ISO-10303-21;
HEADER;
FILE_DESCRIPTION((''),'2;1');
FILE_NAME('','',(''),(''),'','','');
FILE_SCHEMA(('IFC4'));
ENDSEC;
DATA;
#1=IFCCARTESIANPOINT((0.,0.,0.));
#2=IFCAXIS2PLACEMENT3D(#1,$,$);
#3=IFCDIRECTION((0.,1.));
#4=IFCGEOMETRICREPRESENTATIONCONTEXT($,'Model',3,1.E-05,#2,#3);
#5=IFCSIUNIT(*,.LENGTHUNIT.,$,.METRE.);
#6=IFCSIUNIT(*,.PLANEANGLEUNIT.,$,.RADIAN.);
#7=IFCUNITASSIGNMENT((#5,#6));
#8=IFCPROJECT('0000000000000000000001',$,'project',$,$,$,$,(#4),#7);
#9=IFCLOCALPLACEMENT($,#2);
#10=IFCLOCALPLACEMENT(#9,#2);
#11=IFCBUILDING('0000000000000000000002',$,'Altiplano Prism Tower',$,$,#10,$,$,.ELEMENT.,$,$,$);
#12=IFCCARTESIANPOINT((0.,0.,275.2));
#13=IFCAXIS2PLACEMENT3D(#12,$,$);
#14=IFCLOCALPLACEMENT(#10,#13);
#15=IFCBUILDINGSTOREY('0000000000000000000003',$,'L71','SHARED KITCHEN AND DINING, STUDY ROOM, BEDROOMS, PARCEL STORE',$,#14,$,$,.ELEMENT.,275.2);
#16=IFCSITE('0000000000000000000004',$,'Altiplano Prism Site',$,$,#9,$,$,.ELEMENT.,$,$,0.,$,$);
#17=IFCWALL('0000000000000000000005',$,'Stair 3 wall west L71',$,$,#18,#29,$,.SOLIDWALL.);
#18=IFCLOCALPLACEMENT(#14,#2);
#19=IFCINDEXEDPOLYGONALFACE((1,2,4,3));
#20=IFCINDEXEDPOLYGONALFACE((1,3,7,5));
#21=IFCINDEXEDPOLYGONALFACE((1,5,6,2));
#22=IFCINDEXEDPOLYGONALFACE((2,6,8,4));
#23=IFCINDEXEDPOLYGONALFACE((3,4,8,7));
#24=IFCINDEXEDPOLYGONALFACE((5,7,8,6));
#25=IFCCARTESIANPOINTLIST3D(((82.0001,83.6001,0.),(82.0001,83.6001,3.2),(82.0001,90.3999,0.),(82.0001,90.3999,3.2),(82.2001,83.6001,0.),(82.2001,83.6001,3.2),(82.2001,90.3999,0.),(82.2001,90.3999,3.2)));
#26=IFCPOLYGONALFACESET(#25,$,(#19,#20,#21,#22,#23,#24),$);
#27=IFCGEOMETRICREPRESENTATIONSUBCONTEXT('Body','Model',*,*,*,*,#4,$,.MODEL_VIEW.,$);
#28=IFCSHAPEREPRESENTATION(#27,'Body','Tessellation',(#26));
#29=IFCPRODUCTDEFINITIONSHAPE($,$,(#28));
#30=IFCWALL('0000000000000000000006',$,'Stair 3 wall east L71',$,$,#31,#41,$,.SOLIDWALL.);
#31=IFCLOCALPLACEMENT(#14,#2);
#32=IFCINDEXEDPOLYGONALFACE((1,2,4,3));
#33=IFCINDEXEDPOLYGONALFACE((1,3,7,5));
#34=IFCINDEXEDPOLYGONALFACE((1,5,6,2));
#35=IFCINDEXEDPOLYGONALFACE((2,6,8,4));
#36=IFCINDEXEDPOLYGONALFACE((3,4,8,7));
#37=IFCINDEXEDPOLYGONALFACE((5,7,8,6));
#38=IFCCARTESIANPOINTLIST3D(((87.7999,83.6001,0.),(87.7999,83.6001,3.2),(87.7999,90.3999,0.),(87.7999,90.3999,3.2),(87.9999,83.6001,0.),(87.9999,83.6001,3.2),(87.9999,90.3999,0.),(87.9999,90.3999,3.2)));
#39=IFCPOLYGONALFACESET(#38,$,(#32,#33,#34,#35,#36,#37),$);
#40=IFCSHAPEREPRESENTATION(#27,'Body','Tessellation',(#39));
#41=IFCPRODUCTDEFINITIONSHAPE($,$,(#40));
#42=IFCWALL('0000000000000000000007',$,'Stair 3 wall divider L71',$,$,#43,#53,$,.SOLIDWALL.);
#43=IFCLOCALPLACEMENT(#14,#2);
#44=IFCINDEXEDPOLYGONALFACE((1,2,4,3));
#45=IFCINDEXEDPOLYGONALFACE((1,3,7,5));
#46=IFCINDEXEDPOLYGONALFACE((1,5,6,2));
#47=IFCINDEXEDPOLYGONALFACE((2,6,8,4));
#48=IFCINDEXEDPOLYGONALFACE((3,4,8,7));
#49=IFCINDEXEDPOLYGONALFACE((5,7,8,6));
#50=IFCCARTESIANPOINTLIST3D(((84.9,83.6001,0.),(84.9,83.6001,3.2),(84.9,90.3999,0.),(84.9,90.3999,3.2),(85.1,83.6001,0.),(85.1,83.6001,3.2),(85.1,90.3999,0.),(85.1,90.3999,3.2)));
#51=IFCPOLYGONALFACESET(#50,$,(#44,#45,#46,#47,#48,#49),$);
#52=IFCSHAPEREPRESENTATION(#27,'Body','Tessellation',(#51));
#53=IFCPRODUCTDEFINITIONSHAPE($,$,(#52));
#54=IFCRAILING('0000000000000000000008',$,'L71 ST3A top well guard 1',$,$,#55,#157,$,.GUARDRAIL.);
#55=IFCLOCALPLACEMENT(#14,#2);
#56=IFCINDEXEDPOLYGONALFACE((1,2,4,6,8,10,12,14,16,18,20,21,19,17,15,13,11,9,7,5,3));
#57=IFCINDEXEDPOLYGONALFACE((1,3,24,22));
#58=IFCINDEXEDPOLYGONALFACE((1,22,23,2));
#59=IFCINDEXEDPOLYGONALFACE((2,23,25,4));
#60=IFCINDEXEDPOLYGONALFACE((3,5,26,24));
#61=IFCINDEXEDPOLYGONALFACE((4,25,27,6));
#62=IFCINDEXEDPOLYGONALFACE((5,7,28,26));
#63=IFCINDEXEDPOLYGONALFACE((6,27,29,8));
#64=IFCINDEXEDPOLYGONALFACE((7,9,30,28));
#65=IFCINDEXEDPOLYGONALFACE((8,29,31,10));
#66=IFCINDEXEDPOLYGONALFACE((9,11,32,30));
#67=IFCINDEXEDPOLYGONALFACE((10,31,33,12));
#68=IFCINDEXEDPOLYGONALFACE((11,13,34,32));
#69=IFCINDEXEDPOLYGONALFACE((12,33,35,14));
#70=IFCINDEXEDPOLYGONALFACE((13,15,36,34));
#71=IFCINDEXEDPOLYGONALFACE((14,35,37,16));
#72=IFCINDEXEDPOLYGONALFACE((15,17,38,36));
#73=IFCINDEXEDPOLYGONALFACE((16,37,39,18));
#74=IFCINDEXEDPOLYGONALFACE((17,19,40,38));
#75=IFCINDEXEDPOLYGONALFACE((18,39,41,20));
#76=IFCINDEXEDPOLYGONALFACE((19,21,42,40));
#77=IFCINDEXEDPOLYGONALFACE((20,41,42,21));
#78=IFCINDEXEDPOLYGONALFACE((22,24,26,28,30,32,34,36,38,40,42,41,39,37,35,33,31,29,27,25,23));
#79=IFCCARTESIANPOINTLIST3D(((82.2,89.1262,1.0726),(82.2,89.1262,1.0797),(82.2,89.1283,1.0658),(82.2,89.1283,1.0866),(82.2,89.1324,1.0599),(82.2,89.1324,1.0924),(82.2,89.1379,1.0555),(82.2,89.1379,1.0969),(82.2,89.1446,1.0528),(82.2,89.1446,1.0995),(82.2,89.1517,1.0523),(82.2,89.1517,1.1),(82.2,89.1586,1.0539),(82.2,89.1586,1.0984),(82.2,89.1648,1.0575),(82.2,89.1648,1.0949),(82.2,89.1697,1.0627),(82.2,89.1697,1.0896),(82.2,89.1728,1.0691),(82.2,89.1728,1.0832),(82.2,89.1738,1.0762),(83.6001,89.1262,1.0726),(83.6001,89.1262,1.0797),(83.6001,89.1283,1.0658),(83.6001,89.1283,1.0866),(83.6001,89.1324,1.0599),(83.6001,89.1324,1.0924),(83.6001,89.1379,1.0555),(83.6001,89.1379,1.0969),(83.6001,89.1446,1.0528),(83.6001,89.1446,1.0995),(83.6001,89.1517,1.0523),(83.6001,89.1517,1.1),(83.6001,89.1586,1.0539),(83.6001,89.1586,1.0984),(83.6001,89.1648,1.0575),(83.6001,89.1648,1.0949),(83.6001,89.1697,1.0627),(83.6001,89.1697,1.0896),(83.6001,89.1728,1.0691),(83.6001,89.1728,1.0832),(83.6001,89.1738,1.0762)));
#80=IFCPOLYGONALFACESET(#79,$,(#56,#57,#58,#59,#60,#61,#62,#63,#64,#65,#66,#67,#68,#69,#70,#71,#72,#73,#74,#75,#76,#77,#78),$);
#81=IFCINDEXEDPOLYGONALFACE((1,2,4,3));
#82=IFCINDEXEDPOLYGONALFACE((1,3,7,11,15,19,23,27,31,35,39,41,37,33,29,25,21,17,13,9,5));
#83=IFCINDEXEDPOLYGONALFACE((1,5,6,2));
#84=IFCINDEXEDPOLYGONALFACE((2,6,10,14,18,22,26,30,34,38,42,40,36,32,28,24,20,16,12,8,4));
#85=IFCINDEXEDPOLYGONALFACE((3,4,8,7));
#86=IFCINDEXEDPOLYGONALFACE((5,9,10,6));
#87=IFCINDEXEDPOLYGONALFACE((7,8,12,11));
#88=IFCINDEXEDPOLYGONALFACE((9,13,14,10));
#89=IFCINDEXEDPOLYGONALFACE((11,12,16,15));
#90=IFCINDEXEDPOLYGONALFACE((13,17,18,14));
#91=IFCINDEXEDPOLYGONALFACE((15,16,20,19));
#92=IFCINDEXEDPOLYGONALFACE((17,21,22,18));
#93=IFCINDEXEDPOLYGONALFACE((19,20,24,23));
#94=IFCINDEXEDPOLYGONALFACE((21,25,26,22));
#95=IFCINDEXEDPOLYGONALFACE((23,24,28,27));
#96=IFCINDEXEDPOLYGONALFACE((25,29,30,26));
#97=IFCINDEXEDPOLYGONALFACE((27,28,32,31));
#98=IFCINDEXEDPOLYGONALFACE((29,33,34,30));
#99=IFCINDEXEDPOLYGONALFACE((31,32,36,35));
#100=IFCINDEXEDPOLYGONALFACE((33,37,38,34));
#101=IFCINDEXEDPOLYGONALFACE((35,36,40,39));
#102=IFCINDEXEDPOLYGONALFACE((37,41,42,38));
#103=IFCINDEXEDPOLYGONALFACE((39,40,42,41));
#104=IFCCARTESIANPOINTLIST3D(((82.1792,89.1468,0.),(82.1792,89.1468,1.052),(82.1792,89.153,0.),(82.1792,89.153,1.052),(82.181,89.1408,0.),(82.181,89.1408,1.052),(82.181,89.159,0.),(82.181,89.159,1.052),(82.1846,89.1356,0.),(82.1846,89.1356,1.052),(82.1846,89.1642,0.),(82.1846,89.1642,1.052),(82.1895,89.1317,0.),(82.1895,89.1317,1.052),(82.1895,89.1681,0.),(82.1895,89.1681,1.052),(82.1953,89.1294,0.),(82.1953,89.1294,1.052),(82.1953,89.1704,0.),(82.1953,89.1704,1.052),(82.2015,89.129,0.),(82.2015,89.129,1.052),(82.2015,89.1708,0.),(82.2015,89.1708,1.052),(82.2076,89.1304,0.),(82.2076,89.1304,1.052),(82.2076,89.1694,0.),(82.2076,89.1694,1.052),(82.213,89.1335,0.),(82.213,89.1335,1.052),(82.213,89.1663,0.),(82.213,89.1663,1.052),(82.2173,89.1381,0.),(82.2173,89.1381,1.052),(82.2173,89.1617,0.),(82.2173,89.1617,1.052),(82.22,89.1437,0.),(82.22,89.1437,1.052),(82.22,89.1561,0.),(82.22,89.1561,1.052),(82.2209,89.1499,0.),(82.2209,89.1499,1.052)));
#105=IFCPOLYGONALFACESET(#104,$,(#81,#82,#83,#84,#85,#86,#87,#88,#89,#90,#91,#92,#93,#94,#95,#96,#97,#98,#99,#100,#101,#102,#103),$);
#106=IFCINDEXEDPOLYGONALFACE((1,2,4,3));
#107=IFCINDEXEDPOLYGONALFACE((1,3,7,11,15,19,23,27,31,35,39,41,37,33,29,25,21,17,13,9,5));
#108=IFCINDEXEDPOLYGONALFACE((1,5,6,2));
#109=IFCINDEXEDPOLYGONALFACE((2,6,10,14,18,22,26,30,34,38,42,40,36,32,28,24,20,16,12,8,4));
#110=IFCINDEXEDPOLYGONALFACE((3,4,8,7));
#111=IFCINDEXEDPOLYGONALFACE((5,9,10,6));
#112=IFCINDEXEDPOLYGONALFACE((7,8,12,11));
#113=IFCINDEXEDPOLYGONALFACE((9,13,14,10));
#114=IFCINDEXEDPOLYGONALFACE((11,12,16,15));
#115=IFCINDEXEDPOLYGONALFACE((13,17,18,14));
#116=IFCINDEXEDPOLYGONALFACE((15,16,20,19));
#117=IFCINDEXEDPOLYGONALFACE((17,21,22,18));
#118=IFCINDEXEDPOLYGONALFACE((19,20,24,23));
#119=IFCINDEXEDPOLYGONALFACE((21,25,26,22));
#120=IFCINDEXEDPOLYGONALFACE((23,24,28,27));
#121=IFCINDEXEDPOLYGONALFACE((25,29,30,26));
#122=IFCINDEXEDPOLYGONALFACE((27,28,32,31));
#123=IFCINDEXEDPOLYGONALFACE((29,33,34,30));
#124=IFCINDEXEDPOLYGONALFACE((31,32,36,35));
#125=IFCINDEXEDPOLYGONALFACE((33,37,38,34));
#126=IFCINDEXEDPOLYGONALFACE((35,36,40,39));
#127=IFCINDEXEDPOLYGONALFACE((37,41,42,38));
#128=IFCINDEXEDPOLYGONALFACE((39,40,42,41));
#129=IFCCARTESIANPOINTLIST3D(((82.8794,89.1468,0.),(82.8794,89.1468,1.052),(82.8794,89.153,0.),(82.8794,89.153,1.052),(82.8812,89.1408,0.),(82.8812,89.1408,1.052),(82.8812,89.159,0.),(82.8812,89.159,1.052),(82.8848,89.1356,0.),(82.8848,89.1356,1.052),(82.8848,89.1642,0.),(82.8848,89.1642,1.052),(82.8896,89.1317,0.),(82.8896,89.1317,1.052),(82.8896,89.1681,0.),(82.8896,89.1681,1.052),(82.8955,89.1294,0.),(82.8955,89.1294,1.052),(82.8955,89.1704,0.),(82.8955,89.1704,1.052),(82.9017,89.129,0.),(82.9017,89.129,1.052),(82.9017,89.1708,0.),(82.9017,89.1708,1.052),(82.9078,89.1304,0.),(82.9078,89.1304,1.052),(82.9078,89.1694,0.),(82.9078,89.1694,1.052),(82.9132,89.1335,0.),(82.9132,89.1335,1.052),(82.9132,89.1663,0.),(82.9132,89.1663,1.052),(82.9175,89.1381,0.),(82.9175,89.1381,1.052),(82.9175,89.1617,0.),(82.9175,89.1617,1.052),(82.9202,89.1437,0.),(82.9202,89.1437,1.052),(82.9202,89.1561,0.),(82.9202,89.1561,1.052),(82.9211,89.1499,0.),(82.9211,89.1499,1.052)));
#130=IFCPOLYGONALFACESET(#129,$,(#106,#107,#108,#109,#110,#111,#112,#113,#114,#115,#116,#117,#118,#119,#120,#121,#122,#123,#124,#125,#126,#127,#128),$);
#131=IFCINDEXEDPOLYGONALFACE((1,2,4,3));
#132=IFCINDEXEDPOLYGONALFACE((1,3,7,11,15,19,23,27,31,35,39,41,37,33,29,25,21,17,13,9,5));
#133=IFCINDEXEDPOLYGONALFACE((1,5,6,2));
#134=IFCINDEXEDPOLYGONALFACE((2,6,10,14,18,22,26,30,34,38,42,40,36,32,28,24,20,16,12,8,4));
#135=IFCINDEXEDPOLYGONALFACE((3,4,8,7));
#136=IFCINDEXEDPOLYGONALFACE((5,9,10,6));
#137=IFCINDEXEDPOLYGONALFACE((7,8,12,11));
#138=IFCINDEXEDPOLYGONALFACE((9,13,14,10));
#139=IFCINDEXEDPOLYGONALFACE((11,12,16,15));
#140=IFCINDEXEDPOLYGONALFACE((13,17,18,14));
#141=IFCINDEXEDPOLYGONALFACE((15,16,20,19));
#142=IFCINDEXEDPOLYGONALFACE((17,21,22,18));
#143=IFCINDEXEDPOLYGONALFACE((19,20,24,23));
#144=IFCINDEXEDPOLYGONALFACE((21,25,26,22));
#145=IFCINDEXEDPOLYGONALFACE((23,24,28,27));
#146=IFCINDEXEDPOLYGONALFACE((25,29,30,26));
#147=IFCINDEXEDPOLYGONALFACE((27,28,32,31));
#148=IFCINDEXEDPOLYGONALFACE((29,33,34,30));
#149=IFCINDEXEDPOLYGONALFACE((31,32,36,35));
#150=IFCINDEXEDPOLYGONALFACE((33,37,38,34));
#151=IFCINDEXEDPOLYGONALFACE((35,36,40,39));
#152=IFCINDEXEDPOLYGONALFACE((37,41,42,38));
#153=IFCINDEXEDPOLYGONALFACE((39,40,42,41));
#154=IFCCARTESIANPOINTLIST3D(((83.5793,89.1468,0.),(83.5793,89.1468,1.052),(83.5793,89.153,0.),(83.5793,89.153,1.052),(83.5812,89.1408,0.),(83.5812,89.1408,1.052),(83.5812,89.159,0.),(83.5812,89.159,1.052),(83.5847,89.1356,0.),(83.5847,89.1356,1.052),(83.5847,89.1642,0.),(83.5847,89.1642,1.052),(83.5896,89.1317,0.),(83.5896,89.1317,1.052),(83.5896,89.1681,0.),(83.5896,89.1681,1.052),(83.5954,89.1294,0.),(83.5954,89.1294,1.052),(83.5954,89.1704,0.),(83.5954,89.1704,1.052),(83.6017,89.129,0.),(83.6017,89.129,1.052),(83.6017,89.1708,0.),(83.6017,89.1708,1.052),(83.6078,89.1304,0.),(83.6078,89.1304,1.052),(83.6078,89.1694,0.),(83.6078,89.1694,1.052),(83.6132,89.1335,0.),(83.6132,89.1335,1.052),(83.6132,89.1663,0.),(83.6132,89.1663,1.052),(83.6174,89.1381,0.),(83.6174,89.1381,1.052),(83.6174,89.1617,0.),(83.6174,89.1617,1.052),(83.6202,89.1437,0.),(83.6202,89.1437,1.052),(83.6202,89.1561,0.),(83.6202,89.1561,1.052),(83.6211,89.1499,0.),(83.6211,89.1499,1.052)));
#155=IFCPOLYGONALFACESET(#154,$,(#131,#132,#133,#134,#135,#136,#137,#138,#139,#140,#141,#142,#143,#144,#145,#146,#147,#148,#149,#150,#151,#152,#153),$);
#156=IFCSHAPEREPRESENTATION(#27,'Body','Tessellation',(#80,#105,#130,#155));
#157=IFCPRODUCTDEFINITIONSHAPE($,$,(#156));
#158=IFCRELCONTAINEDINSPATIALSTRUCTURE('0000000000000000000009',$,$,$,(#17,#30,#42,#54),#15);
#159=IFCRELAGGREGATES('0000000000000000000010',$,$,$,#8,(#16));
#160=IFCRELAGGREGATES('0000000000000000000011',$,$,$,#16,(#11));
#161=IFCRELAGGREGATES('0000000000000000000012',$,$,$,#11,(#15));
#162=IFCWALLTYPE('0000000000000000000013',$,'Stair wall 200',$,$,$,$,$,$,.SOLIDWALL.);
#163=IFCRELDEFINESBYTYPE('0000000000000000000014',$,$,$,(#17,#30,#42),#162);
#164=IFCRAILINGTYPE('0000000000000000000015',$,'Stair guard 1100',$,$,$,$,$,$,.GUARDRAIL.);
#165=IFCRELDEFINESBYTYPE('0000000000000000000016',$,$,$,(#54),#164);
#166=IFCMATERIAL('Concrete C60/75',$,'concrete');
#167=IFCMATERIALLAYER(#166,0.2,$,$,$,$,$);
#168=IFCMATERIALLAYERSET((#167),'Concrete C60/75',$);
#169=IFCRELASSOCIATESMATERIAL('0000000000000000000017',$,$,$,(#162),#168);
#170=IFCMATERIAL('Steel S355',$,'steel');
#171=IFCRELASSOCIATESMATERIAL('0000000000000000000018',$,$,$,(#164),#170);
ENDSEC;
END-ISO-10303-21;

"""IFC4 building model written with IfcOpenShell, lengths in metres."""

from ifc_helpers import new_model, si_unit, direction, frame, frame_2d, origin, origin_2d, place, context, subcontext, project, spatial, rectangle, circle, extrude, material, layer, layer_set, type_object, element, save


model = new_model("IFC4")

# Units and contexts
model_context = context("Model", 3, precision=1e-05, world=origin(), true_north=direction((0.0, 1.0)))
body_context = subcontext(model_context, "Body", "Model", "MODEL_VIEW")
ifc_project = project(units=[si_unit("LENGTHUNIT", "METRE"), si_unit("PLANEANGLEUNIT", "RADIAN")], contexts=[model_context])

# Site, building, storey
site_placement = place(None, origin())
site = spatial("IfcSite", under=ifc_project, at=site_placement, Name="Altiplano Prism Site", CompositionType="ELEMENT", RefElevation=0.0)
building_placement = place(site_placement, origin())
building = spatial("IfcBuilding", under=site, at=building_placement, Name="Altiplano Prism Tower", CompositionType="ELEMENT")
storey_placement = place(building_placement, frame((0.0, 0.0, 275.2)))
storey = spatial("IfcBuildingStorey", under=building, at=storey_placement, Name="L71", Description="SHARED KITCHEN AND DINING, STUDY ROOM, BEDROOMS, PARCEL STORE", CompositionType="ELEMENT", Elevation=275.2)

# Shared definitions
ifc_material_1 = material(Name="Concrete C60/75", Category="concrete")

# Shared definitions
ifc_layer_1 = layer(ifc_material_1, 0.2)
ifc_layer_set_1 = layer_set([ifc_layer_1], Name="Concrete C60/75")
wall_type_1 = type_object("IfcWallType", Name="Stair wall 200", PredefinedType="SOLIDWALL", material=ifc_layer_set_1)

# Walls
for number, where, z_axis, x_axis, name in (
    (1, (82.1001, 83.6001, 0.0), (0.0, 0.0, 1.0), (0.0, 1.0, 0.0), "Stair 3 wall west L71"),
    (2, (87.8999, 83.6001, 0.0), (0.0, 0.0, 1.0), (0.0, 1.0, 0.0), "Stair 3 wall east L71"),
    (3, (85.0, 83.6001, 0.0), (0.0, 0.0, 1.0), (0.0, 1.0, 0.0), "Stair 3 wall divider L71"),
):
    element("IfcWall", number, at=place(storey_placement, frame(where, z_axis=z_axis, x_axis=x_axis)), inside=storey, type_object=wall_type_1, Name=name, PredefinedType="SOLIDWALL", context=body_context, shape_type="SweptSolid", body=[
        extrude(rectangle(XDim=6.7998, YDim=0.2, at=frame_2d((3.3999, 0.0))), origin(), (0.0, 0.0, 1.0), 3.2),
    ])

# Railing
ifc_material_2 = material(Name="Steel S355", Category="steel")
railing_type = type_object("IfcRailingType", Name="Stair guard 1100", PredefinedType="GUARDRAIL", material=ifc_material_2)
railing_1_placement = place(storey_placement, frame((82.2, 89.1499, 0.0)))
element("IfcRailing", 4, at=railing_1_placement, inside=storey, type_object=railing_type, Name="L71 ST3A top well guard 1", PredefinedType="GUARDRAIL", context=body_context, shape_type="SweptSolid", body=[
    extrude(circle(Radius=0.0239, at=origin_2d()), frame((0.0, 0.0, 1.0762), z_axis=(1.0, 0.0, 0.0), x_axis=(0.0, 1.0, 0.0)), (0.0, 0.0, 1.0), 1.4001),
    extrude(circle(Radius=0.021, at=origin_2d()), origin(), (0.0, 0.0, 1.0), 1.052),
    extrude(circle(Radius=0.021, at=origin_2d()), frame((0.7002, 0.0, 0.0)), (0.0, 0.0, 1.0), 1.052),
    extrude(circle(Radius=0.021, at=origin_2d()), frame((1.4001, 0.0, 0.0)), (0.0, 0.0, 1.0), 1.052),
])

save(model, "model.ifc")
